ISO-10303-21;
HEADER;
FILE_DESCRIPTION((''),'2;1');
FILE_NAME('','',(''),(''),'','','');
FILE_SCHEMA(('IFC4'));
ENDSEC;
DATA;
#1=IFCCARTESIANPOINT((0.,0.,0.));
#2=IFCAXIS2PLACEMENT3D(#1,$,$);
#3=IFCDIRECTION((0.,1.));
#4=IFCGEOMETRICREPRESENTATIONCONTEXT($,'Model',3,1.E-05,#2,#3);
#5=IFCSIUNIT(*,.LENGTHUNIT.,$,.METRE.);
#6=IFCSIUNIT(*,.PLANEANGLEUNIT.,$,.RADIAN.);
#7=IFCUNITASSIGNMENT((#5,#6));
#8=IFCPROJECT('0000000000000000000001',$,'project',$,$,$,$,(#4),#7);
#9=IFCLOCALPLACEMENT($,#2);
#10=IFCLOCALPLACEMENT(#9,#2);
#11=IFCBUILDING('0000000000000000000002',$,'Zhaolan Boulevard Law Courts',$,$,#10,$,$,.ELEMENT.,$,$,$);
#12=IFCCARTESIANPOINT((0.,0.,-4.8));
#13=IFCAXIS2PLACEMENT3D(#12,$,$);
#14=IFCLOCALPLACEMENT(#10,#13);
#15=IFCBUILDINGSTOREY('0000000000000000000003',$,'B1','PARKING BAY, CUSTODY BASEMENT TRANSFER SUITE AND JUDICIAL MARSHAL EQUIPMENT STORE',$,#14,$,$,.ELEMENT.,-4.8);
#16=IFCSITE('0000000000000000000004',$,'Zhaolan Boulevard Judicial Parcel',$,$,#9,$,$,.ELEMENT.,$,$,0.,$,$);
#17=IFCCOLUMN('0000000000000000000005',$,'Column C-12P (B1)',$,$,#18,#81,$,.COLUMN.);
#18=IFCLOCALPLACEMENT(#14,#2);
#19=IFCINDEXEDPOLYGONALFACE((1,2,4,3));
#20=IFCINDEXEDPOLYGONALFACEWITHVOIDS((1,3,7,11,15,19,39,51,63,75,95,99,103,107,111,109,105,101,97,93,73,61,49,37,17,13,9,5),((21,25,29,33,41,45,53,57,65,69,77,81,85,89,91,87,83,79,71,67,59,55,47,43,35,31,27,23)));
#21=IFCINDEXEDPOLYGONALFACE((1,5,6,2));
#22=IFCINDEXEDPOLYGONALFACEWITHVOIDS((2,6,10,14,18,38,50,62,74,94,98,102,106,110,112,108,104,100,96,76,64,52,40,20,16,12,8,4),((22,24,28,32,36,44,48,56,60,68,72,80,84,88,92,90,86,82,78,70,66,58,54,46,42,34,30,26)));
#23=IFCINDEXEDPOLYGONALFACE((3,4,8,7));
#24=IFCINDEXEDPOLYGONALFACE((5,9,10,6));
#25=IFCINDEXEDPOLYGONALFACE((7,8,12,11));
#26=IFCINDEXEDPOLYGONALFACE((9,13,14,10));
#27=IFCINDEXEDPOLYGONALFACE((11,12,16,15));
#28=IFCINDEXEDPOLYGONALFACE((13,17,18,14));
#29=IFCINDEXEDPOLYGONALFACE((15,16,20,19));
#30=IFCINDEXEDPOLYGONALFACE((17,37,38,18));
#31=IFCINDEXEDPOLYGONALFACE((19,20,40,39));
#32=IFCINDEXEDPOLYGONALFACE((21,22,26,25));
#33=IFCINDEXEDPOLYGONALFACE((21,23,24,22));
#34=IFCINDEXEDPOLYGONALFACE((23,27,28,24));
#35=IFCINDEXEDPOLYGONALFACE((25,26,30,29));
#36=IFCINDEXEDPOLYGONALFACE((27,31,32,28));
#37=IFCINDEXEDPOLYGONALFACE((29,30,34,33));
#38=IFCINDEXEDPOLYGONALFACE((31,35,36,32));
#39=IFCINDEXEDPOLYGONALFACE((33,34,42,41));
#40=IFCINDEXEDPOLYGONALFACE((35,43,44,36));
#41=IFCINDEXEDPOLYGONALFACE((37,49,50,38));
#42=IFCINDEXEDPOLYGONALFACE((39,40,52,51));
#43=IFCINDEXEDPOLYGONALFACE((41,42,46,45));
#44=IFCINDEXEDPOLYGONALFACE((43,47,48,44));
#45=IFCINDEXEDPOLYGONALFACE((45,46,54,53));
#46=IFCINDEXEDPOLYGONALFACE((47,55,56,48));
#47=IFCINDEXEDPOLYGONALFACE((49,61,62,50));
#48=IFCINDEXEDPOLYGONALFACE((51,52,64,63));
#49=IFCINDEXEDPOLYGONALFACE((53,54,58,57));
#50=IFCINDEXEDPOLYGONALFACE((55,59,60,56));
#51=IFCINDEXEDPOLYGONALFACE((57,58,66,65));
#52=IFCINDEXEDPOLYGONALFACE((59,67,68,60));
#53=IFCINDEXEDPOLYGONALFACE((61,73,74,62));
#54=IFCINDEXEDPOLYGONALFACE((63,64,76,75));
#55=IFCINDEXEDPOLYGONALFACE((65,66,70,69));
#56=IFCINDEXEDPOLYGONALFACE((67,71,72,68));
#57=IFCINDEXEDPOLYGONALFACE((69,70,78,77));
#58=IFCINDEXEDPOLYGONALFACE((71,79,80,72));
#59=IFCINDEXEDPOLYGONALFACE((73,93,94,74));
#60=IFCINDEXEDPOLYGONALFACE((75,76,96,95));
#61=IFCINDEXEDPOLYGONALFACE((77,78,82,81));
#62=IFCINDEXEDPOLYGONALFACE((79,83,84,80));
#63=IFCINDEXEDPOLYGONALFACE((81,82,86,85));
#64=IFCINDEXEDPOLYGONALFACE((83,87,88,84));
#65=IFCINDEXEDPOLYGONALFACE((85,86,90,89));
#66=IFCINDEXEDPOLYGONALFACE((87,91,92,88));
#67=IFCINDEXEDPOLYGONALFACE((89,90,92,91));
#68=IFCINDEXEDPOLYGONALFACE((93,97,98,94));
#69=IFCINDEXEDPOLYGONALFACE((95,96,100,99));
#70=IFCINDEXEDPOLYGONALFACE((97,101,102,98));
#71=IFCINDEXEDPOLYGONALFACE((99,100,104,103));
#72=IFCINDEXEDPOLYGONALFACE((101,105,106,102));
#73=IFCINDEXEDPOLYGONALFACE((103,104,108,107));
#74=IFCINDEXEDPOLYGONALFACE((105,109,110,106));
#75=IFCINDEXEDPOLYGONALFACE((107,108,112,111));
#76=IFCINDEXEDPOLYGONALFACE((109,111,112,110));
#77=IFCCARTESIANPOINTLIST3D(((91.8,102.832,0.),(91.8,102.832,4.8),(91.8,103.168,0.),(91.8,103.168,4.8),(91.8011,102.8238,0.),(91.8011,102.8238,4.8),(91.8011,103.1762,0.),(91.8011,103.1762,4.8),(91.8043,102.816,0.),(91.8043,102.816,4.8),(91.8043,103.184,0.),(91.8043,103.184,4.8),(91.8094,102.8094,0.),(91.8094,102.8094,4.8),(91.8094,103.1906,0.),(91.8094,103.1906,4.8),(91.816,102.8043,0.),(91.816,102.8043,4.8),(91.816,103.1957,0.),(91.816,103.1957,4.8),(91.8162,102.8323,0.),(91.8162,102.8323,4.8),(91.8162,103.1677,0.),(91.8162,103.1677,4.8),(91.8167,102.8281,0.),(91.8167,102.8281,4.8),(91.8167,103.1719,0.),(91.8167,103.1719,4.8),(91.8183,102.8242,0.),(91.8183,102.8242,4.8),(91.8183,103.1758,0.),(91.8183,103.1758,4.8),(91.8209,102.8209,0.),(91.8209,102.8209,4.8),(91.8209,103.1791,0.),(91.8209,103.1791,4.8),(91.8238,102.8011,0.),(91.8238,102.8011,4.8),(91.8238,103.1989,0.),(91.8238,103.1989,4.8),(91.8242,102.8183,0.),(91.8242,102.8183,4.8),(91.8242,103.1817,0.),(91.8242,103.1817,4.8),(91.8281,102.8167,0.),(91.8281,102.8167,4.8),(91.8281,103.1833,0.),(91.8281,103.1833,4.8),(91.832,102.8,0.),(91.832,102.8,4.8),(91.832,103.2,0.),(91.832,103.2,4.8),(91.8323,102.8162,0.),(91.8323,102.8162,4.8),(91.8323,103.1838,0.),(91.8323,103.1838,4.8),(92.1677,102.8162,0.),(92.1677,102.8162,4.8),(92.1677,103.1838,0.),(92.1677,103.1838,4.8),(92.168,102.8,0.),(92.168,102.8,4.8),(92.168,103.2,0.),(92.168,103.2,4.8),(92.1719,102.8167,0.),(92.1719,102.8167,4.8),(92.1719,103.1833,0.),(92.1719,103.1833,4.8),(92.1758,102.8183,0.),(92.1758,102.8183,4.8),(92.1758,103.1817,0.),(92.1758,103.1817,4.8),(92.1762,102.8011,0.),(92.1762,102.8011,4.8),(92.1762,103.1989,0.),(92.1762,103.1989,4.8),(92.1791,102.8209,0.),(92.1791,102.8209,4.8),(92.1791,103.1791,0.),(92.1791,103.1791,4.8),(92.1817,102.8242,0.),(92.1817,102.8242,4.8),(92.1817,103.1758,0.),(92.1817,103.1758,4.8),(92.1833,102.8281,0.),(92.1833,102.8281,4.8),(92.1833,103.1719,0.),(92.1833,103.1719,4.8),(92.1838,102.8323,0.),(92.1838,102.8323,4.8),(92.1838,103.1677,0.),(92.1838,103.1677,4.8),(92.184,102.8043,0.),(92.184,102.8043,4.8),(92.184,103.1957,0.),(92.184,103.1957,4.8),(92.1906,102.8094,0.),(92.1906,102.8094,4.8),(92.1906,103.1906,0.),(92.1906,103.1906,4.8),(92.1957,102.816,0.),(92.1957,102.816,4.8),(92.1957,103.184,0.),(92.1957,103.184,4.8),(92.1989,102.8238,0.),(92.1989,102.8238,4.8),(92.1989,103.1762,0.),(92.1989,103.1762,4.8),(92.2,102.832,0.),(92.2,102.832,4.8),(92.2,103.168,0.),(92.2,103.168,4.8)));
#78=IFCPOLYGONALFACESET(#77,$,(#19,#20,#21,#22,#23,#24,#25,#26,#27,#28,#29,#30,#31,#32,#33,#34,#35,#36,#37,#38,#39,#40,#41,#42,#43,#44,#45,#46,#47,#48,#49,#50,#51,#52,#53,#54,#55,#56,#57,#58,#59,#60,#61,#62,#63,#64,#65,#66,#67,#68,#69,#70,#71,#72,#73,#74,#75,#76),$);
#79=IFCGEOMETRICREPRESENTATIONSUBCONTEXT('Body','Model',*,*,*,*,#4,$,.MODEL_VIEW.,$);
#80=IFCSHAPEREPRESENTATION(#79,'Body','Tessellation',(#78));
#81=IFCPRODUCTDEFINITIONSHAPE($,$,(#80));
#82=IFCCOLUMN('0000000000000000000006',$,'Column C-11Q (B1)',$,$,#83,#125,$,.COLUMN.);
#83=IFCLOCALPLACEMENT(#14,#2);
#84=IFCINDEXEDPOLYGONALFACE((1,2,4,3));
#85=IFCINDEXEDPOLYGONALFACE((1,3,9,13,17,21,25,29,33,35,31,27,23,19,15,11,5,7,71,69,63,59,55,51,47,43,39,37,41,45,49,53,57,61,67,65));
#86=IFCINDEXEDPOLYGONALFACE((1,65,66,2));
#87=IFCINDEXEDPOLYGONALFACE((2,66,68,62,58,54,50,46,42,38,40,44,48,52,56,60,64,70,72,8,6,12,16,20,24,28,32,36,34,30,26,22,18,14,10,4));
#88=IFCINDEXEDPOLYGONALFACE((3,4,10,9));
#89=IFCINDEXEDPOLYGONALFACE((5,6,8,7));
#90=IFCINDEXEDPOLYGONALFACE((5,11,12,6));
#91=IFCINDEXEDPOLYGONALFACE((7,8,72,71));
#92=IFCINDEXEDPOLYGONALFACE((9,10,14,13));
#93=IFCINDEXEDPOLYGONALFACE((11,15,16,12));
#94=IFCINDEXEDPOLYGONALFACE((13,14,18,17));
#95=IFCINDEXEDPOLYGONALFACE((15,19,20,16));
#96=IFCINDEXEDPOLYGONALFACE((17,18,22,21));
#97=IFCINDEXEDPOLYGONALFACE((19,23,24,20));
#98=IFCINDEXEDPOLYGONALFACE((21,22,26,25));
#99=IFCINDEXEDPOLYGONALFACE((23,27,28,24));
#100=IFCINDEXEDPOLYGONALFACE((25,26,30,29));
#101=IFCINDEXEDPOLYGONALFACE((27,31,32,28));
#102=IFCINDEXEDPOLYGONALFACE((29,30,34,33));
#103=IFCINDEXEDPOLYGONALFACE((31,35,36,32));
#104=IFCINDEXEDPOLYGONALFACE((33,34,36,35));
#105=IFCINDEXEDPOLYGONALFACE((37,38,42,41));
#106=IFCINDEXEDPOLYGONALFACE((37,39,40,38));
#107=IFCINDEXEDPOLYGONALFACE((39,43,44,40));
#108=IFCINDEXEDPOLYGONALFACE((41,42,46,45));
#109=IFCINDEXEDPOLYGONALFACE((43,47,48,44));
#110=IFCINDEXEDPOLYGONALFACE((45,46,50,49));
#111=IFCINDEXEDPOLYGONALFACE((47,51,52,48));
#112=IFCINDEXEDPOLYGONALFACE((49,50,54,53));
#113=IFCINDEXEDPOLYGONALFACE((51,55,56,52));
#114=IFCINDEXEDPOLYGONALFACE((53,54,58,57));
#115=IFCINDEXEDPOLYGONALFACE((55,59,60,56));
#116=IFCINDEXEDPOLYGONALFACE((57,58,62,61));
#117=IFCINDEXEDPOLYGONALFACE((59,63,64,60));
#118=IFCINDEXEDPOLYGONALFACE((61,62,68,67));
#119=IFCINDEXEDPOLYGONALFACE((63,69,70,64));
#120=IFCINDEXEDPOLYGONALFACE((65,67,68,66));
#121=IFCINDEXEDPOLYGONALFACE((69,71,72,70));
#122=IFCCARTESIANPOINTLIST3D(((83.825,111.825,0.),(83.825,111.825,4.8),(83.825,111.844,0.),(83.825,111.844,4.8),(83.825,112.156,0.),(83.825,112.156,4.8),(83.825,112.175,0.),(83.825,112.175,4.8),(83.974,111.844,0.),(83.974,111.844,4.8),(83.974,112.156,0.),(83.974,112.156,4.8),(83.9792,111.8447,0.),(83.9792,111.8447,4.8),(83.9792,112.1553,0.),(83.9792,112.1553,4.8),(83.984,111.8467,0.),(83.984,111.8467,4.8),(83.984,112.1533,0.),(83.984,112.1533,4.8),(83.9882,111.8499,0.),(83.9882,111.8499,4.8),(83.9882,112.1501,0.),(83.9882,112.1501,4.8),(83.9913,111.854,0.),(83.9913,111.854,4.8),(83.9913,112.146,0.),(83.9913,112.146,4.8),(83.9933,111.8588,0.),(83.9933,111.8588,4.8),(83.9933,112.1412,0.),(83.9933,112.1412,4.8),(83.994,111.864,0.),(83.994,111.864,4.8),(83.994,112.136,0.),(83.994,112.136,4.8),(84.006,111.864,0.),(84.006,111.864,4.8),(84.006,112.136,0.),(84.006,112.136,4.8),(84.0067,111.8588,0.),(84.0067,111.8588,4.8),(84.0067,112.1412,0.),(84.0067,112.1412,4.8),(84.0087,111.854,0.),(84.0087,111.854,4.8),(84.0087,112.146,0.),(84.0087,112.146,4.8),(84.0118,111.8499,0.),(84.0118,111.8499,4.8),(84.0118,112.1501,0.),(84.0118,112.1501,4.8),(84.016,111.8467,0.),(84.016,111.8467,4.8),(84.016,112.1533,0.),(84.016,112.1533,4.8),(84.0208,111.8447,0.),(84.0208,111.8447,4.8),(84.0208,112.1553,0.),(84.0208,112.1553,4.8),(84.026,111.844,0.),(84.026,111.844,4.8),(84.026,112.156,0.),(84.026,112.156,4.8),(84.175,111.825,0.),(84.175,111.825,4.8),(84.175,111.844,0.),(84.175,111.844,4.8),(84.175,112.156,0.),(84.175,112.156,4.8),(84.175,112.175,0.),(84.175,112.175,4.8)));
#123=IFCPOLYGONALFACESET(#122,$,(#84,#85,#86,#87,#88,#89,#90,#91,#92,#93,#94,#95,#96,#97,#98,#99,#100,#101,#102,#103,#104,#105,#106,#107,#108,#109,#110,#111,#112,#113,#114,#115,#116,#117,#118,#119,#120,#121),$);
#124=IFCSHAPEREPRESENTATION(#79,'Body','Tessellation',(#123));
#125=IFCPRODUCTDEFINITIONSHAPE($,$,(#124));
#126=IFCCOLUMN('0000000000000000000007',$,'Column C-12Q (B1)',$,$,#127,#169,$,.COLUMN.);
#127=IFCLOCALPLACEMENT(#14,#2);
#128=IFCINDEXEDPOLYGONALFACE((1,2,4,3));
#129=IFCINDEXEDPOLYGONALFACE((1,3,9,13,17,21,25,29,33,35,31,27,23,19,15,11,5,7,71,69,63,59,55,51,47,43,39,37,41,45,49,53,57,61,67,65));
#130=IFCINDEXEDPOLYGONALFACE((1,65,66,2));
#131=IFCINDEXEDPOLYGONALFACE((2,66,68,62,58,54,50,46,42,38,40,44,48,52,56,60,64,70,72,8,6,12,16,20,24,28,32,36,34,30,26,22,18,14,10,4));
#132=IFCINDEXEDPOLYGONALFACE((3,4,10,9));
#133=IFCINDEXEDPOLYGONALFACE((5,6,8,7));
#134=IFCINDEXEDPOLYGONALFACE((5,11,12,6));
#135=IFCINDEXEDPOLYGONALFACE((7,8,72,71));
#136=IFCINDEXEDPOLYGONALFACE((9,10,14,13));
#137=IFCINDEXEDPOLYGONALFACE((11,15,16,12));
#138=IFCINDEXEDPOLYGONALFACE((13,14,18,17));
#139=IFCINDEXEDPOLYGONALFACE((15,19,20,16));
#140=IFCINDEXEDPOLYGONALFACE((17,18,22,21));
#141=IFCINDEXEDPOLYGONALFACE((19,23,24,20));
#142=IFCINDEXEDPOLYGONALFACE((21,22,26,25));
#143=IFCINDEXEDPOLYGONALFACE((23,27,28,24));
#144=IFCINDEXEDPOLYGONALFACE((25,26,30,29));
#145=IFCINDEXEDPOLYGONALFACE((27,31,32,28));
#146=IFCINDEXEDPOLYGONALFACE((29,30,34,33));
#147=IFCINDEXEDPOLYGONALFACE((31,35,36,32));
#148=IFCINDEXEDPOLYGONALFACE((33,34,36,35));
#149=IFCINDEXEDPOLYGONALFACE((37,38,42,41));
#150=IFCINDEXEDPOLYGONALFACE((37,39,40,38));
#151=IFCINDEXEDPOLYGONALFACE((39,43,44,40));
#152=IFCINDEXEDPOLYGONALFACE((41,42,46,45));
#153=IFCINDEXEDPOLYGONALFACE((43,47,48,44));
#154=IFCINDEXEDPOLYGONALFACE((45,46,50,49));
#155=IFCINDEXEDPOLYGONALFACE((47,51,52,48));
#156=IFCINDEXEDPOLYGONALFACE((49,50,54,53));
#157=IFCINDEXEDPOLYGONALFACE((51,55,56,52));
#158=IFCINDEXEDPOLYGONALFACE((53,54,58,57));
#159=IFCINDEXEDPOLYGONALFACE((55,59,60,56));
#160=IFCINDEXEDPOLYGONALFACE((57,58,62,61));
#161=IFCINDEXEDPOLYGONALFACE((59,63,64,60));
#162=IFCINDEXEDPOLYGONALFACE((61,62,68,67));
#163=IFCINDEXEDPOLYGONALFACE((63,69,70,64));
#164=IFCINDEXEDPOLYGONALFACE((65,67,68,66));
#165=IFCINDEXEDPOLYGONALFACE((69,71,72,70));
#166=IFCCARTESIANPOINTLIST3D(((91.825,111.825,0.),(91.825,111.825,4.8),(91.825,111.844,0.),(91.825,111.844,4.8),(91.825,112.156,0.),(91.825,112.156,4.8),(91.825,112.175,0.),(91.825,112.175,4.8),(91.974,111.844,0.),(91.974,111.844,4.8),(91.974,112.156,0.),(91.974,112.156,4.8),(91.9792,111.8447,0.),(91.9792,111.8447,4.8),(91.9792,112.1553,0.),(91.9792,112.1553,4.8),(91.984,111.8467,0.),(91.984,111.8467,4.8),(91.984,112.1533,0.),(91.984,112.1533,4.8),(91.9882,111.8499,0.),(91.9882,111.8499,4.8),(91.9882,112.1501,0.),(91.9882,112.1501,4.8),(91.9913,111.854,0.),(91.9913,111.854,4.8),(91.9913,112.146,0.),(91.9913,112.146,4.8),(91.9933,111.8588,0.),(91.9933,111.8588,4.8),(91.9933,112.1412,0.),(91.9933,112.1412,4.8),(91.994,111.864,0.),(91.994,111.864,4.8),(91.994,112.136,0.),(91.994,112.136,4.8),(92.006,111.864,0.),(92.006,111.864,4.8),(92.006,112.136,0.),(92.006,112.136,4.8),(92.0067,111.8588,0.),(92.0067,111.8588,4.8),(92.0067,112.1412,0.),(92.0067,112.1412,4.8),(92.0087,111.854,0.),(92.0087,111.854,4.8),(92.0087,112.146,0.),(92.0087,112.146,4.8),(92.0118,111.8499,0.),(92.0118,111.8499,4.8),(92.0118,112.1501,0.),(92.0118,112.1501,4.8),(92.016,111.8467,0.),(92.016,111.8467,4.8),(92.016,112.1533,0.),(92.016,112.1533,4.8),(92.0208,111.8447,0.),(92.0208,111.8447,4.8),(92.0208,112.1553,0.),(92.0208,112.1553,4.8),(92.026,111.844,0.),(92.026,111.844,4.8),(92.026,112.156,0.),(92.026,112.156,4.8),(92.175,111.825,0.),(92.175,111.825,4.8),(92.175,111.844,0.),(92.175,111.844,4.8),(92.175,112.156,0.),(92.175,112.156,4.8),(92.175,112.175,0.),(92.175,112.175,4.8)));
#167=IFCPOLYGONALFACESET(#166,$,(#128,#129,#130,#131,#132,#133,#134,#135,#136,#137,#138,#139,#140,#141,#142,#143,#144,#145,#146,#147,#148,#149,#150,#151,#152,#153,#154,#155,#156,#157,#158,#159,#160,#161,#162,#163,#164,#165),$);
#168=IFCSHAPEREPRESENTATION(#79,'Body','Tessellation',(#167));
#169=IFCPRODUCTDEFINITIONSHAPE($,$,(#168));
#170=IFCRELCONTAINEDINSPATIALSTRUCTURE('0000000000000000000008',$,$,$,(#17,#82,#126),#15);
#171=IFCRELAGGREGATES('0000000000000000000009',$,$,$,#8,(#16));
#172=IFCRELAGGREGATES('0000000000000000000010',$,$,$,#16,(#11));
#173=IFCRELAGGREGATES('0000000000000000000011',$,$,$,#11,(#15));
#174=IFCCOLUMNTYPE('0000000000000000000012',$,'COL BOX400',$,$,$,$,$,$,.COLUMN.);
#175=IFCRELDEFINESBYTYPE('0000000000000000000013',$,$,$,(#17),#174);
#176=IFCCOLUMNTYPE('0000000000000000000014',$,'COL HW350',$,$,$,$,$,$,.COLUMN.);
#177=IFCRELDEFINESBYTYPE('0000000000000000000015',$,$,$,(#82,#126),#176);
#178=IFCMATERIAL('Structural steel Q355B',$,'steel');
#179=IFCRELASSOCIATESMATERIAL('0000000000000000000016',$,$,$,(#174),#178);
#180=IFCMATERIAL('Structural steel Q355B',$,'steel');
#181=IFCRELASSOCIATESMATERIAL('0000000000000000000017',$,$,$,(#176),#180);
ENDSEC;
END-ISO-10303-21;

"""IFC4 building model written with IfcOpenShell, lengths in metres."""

from ifc_helpers import new_model, si_unit, direction, frame, origin, origin_2d, place, context, subcontext, project, spatial, hollow_rectangle, i_section, extrude, material, material_profile, profile_set, type_object, element, save


model = new_model("IFC4")

# Units and contexts
model_context = context("Model", 3, precision=1e-05, world=origin(), true_north=direction((0.0, 1.0)))
body_context = subcontext(model_context, "Body", "Model", "MODEL_VIEW")
ifc_project = project(units=[si_unit("LENGTHUNIT", "METRE"), si_unit("PLANEANGLEUNIT", "RADIAN")], contexts=[model_context])

# Site, building, storey
site_placement = place(None, origin())
site = spatial("IfcSite", under=ifc_project, at=site_placement, Name="Zhaolan Boulevard Judicial Parcel", CompositionType="ELEMENT", RefElevation=0.0)
building_placement = place(site_placement, origin())
building = spatial("IfcBuilding", under=site, at=building_placement, Name="Zhaolan Boulevard Law Courts", CompositionType="ELEMENT")
storey_placement = place(building_placement, frame((0.0, 0.0, -4.8)))
storey = spatial("IfcBuildingStorey", under=building, at=storey_placement, Name="B1", Description="PARKING BAY, CUSTODY BASEMENT TRANSFER SUITE AND JUDICIAL MARSHAL EQUIPMENT STORE", CompositionType="ELEMENT", Elevation=-4.8)

# Columns
ifc_material_1 = material(Name="Structural steel Q355B", Category="steel")
ifc_material_profile_1 = material_profile(ifc_material_1, hollow_rectangle(XDim=0.3999, YDim=0.3999, WallThickness=0.0161, InnerFilletRadius=0.0161, OuterFilletRadius=0.032, at=origin_2d()), Name="BOX400x400x16")
ifc_profile_set_1 = profile_set([ifc_material_profile_1], Name="Structural steel Q355B")
column_type_1 = type_object("IfcColumnType", Name="COL BOX400", PredefinedType="COLUMN", material=ifc_profile_set_1)
column_placement = place(storey_placement, frame((92.0, 103.0, 0.0), z_axis=(0.0, 0.0, 1.0), x_axis=(1.0, 0.0, 0.0)))
element("IfcColumn", 1, at=column_placement, inside=storey, type_object=column_type_1, Name="Column C-12P (B1)", PredefinedType="COLUMN", context=body_context, shape_type="SweptSolid", body=[
    extrude(hollow_rectangle(XDim=0.3999, YDim=0.3999, WallThickness=0.0161, InnerFilletRadius=0.0161, OuterFilletRadius=0.032, at=origin_2d()), origin(), (0.0, 0.0, 1.0), 4.8),
])
ifc_material_2 = material(Name="Structural steel Q355B", Category="steel")
ifc_material_profile_2 = material_profile(ifc_material_2, i_section(OverallWidth=0.3501, OverallDepth=0.3501, WebThickness=0.012, FlangeThickness=0.019, FilletRadius=0.02, at=origin_2d()), Name="HW350x350")
ifc_profile_set_2 = profile_set([ifc_material_profile_2], Name="Structural steel Q355B")
column_type_2 = type_object("IfcColumnType", Name="COL HW350", PredefinedType="COLUMN", material=ifc_profile_set_2)
for number, where, z_axis, x_axis, name in (
    (2, (84.0, 112.0, 0.0), (0.0, 0.0, 1.0), (1.0, 0.0, 0.0), "Column C-11Q (B1)"),
    (3, (92.0, 112.0, 0.0), (0.0, 0.0, 1.0), (1.0, 0.0, 0.0), "Column C-12Q (B1)"),
):
    element("IfcColumn", number, at=place(storey_placement, frame(where, z_axis=z_axis, x_axis=x_axis)), inside=storey, type_object=column_type_2, Name=name, PredefinedType="COLUMN", context=body_context, shape_type="SweptSolid", body=[
        extrude(i_section(OverallWidth=0.3501, OverallDepth=0.3501, WebThickness=0.012, FlangeThickness=0.019, FilletRadius=0.02, at=origin_2d()), origin(), (0.0, 0.0, 1.0), 4.8),
    ])

save(model, "model.ifc")
